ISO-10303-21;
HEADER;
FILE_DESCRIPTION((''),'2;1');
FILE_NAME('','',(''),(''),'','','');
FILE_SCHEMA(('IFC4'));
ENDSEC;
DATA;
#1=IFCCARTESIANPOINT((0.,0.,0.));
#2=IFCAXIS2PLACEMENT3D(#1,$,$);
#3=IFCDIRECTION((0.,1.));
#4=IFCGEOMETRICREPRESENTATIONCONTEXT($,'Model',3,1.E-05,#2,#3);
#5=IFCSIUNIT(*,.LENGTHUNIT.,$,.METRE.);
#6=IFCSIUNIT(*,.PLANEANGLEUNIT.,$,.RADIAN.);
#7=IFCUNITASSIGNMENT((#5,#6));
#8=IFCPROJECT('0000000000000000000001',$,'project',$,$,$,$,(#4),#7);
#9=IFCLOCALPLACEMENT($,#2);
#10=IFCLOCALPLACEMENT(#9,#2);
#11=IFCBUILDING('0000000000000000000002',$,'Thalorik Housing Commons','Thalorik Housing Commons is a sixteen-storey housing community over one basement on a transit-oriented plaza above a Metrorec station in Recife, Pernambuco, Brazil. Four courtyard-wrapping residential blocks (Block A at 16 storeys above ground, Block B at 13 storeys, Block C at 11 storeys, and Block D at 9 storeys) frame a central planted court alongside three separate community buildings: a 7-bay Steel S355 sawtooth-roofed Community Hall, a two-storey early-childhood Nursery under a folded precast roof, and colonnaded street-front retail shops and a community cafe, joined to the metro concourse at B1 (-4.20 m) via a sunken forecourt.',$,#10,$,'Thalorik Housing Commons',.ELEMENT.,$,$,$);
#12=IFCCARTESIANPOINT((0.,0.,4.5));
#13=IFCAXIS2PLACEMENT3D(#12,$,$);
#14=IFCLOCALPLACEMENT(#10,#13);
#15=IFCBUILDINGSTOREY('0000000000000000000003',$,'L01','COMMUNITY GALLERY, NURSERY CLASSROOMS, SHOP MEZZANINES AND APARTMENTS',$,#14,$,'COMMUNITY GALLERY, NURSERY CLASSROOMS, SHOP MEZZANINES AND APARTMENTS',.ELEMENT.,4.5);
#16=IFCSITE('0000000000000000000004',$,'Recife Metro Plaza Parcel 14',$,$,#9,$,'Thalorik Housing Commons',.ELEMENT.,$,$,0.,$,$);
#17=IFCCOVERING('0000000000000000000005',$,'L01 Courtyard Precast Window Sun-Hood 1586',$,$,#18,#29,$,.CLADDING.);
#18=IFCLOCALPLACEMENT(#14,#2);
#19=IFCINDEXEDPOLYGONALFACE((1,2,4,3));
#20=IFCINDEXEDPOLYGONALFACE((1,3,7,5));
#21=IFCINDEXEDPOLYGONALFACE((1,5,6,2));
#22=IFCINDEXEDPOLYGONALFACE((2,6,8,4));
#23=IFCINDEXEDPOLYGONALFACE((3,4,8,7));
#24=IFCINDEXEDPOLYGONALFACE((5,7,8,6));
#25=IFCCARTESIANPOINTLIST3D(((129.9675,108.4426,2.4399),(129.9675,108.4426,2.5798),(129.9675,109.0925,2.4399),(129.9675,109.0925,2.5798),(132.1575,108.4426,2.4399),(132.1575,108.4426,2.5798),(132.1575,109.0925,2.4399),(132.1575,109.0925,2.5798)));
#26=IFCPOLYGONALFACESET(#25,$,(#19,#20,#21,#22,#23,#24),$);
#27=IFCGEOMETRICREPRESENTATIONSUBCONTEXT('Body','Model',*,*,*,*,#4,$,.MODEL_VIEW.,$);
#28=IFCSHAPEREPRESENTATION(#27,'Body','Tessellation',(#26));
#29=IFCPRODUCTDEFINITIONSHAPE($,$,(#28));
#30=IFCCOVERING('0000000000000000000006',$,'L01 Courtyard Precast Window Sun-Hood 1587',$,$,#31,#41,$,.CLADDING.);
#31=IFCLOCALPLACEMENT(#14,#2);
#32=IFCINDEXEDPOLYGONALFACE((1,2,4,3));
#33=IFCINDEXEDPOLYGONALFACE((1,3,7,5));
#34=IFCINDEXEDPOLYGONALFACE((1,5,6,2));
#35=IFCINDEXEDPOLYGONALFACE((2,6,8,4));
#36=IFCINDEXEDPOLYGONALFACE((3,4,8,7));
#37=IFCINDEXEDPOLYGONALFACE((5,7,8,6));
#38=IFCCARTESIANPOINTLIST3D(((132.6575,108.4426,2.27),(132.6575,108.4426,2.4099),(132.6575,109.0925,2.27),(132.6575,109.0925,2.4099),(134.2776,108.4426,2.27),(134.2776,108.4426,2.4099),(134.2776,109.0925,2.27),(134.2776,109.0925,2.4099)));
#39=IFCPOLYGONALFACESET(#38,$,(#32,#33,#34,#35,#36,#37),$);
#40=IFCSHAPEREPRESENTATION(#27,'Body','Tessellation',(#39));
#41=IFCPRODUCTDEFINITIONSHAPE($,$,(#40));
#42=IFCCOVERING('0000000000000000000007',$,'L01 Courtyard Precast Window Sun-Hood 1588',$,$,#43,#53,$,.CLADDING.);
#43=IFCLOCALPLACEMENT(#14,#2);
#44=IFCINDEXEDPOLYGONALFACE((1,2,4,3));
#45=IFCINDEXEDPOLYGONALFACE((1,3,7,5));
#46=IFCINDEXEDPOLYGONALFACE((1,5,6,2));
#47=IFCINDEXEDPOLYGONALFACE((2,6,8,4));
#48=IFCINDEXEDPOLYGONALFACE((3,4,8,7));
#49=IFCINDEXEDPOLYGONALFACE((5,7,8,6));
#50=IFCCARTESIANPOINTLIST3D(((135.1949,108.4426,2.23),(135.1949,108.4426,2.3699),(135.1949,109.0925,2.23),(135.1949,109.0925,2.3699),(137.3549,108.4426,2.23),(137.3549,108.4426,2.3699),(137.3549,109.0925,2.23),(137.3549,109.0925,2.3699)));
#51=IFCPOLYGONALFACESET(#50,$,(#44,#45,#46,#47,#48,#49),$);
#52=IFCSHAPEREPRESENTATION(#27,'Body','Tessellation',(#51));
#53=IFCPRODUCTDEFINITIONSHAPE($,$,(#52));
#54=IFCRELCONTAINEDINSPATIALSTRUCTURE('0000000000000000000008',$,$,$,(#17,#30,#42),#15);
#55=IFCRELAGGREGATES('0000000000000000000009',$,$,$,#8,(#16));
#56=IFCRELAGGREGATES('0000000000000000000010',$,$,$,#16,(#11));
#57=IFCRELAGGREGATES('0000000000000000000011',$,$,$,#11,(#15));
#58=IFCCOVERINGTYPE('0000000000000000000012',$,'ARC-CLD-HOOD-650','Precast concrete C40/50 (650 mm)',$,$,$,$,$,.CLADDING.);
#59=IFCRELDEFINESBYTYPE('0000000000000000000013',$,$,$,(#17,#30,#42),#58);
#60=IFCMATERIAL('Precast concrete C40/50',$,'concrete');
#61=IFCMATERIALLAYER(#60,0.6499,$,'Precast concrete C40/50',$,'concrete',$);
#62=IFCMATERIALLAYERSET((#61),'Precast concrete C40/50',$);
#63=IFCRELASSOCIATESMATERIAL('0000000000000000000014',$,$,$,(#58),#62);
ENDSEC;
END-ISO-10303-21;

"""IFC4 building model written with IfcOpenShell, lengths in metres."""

from ifc_helpers import new_model, si_unit, direction, frame, origin, origin_2d, place, context, subcontext, project, spatial, rectangle, extrude, material, layer, layer_set, type_object, element, save


model = new_model("IFC4")

# Units and contexts
model_context = context("Model", 3, precision=1e-05, world=origin(), true_north=direction((0.0, 1.0)))
body_context = subcontext(model_context, "Body", "Model", "MODEL_VIEW")
ifc_project = project(units=[si_unit("LENGTHUNIT", "METRE"), si_unit("PLANEANGLEUNIT", "RADIAN")], contexts=[model_context])

# Site, building, storey
site_placement = place(None, origin())
site = spatial("IfcSite", under=ifc_project, at=site_placement, Name="Recife Metro Plaza Parcel 14", LongName="Thalorik Housing Commons", CompositionType="ELEMENT", RefElevation=0.0)
building_placement = place(site_placement, origin())
building = spatial("IfcBuilding", under=site, at=building_placement, Name="Thalorik Housing Commons", Description="Thalorik Housing Commons is a sixteen-storey housing community over one basement on a transit-oriented plaza above a Metrorec station in Recife, Pernambuco, Brazil. Four courtyard-wrapping residential blocks (Block A at 16 storeys above ground, Block B at 13 storeys, Block C at 11 storeys, and Block D at 9 storeys) frame a central planted court alongside three separate community buildings: a 7-bay Steel S355 sawtooth-roofed Community Hall, a two-storey early-childhood Nursery under a folded precast roof, and colonnaded street-front retail shops and a community cafe, joined to the metro concourse at B1 (-4.20 m) via a sunken forecourt.", LongName="Thalorik Housing Commons", CompositionType="ELEMENT")
storey_placement = place(building_placement, frame((0.0, 0.0, 4.5)))
storey = spatial("IfcBuildingStorey", under=building, at=storey_placement, Name="L01", Description="COMMUNITY GALLERY, NURSERY CLASSROOMS, SHOP MEZZANINES AND APARTMENTS", LongName="COMMUNITY GALLERY, NURSERY CLASSROOMS, SHOP MEZZANINES AND APARTMENTS", CompositionType="ELEMENT", Elevation=4.5)

# Shared definitions
ifc_material_1 = material(Name="Precast concrete C40/50", Category="concrete")

# Coverings
ifc_layer_1 = layer(ifc_material_1, 0.6499, Name="Precast concrete C40/50", Category="concrete")
ifc_layer_set_1 = layer_set([ifc_layer_1], Name="Precast concrete C40/50")
covering_type = type_object("IfcCoveringType", Name="ARC-CLD-HOOD-650", Description="Precast concrete C40/50 (650 mm)", PredefinedType="CLADDING", material=ifc_layer_set_1)
covering_1_placement = place(storey_placement, frame((131.0625, 108.7676, 2.4399), z_axis=(0.0, 0.0, 1.0), x_axis=(1.0, 0.0, 0.0)))
element("IfcCovering", 1, at=covering_1_placement, inside=storey, type_object=covering_type, Name="L01 Courtyard Precast Window Sun-Hood 1586", PredefinedType="CLADDING", context=body_context, shape_type="SweptSolid", body=[
    extrude(rectangle(XDim=2.1899, YDim=0.6499, at=origin_2d()), origin(), (0.0, 0.0, 1.0), 0.1399),
])
covering_2_placement = place(storey_placement, frame((133.4675, 108.7676, 2.27), z_axis=(0.0, 0.0, 1.0), x_axis=(1.0, 0.0, 0.0)))
element("IfcCovering", 2, at=covering_2_placement, inside=storey, type_object=covering_type, Name="L01 Courtyard Precast Window Sun-Hood 1587", PredefinedType="CLADDING", context=body_context, shape_type="SweptSolid", body=[
    extrude(rectangle(XDim=1.6201, YDim=0.6499, at=origin_2d()), origin(), (0.0, 0.0, 1.0), 0.1399),
])
covering_3_placement = place(storey_placement, frame((136.2749, 108.7676, 2.23), z_axis=(0.0, 0.0, 1.0), x_axis=(1.0, 0.0, 0.0)))
element("IfcCovering", 3, at=covering_3_placement, inside=storey, type_object=covering_type, Name="L01 Courtyard Precast Window Sun-Hood 1588", PredefinedType="CLADDING", context=body_context, shape_type="SweptSolid", body=[
    extrude(rectangle(XDim=2.1599, YDim=0.6499, at=origin_2d()), origin(), (0.0, 0.0, 1.0), 0.1399),
])

save(model, "model.ifc")
